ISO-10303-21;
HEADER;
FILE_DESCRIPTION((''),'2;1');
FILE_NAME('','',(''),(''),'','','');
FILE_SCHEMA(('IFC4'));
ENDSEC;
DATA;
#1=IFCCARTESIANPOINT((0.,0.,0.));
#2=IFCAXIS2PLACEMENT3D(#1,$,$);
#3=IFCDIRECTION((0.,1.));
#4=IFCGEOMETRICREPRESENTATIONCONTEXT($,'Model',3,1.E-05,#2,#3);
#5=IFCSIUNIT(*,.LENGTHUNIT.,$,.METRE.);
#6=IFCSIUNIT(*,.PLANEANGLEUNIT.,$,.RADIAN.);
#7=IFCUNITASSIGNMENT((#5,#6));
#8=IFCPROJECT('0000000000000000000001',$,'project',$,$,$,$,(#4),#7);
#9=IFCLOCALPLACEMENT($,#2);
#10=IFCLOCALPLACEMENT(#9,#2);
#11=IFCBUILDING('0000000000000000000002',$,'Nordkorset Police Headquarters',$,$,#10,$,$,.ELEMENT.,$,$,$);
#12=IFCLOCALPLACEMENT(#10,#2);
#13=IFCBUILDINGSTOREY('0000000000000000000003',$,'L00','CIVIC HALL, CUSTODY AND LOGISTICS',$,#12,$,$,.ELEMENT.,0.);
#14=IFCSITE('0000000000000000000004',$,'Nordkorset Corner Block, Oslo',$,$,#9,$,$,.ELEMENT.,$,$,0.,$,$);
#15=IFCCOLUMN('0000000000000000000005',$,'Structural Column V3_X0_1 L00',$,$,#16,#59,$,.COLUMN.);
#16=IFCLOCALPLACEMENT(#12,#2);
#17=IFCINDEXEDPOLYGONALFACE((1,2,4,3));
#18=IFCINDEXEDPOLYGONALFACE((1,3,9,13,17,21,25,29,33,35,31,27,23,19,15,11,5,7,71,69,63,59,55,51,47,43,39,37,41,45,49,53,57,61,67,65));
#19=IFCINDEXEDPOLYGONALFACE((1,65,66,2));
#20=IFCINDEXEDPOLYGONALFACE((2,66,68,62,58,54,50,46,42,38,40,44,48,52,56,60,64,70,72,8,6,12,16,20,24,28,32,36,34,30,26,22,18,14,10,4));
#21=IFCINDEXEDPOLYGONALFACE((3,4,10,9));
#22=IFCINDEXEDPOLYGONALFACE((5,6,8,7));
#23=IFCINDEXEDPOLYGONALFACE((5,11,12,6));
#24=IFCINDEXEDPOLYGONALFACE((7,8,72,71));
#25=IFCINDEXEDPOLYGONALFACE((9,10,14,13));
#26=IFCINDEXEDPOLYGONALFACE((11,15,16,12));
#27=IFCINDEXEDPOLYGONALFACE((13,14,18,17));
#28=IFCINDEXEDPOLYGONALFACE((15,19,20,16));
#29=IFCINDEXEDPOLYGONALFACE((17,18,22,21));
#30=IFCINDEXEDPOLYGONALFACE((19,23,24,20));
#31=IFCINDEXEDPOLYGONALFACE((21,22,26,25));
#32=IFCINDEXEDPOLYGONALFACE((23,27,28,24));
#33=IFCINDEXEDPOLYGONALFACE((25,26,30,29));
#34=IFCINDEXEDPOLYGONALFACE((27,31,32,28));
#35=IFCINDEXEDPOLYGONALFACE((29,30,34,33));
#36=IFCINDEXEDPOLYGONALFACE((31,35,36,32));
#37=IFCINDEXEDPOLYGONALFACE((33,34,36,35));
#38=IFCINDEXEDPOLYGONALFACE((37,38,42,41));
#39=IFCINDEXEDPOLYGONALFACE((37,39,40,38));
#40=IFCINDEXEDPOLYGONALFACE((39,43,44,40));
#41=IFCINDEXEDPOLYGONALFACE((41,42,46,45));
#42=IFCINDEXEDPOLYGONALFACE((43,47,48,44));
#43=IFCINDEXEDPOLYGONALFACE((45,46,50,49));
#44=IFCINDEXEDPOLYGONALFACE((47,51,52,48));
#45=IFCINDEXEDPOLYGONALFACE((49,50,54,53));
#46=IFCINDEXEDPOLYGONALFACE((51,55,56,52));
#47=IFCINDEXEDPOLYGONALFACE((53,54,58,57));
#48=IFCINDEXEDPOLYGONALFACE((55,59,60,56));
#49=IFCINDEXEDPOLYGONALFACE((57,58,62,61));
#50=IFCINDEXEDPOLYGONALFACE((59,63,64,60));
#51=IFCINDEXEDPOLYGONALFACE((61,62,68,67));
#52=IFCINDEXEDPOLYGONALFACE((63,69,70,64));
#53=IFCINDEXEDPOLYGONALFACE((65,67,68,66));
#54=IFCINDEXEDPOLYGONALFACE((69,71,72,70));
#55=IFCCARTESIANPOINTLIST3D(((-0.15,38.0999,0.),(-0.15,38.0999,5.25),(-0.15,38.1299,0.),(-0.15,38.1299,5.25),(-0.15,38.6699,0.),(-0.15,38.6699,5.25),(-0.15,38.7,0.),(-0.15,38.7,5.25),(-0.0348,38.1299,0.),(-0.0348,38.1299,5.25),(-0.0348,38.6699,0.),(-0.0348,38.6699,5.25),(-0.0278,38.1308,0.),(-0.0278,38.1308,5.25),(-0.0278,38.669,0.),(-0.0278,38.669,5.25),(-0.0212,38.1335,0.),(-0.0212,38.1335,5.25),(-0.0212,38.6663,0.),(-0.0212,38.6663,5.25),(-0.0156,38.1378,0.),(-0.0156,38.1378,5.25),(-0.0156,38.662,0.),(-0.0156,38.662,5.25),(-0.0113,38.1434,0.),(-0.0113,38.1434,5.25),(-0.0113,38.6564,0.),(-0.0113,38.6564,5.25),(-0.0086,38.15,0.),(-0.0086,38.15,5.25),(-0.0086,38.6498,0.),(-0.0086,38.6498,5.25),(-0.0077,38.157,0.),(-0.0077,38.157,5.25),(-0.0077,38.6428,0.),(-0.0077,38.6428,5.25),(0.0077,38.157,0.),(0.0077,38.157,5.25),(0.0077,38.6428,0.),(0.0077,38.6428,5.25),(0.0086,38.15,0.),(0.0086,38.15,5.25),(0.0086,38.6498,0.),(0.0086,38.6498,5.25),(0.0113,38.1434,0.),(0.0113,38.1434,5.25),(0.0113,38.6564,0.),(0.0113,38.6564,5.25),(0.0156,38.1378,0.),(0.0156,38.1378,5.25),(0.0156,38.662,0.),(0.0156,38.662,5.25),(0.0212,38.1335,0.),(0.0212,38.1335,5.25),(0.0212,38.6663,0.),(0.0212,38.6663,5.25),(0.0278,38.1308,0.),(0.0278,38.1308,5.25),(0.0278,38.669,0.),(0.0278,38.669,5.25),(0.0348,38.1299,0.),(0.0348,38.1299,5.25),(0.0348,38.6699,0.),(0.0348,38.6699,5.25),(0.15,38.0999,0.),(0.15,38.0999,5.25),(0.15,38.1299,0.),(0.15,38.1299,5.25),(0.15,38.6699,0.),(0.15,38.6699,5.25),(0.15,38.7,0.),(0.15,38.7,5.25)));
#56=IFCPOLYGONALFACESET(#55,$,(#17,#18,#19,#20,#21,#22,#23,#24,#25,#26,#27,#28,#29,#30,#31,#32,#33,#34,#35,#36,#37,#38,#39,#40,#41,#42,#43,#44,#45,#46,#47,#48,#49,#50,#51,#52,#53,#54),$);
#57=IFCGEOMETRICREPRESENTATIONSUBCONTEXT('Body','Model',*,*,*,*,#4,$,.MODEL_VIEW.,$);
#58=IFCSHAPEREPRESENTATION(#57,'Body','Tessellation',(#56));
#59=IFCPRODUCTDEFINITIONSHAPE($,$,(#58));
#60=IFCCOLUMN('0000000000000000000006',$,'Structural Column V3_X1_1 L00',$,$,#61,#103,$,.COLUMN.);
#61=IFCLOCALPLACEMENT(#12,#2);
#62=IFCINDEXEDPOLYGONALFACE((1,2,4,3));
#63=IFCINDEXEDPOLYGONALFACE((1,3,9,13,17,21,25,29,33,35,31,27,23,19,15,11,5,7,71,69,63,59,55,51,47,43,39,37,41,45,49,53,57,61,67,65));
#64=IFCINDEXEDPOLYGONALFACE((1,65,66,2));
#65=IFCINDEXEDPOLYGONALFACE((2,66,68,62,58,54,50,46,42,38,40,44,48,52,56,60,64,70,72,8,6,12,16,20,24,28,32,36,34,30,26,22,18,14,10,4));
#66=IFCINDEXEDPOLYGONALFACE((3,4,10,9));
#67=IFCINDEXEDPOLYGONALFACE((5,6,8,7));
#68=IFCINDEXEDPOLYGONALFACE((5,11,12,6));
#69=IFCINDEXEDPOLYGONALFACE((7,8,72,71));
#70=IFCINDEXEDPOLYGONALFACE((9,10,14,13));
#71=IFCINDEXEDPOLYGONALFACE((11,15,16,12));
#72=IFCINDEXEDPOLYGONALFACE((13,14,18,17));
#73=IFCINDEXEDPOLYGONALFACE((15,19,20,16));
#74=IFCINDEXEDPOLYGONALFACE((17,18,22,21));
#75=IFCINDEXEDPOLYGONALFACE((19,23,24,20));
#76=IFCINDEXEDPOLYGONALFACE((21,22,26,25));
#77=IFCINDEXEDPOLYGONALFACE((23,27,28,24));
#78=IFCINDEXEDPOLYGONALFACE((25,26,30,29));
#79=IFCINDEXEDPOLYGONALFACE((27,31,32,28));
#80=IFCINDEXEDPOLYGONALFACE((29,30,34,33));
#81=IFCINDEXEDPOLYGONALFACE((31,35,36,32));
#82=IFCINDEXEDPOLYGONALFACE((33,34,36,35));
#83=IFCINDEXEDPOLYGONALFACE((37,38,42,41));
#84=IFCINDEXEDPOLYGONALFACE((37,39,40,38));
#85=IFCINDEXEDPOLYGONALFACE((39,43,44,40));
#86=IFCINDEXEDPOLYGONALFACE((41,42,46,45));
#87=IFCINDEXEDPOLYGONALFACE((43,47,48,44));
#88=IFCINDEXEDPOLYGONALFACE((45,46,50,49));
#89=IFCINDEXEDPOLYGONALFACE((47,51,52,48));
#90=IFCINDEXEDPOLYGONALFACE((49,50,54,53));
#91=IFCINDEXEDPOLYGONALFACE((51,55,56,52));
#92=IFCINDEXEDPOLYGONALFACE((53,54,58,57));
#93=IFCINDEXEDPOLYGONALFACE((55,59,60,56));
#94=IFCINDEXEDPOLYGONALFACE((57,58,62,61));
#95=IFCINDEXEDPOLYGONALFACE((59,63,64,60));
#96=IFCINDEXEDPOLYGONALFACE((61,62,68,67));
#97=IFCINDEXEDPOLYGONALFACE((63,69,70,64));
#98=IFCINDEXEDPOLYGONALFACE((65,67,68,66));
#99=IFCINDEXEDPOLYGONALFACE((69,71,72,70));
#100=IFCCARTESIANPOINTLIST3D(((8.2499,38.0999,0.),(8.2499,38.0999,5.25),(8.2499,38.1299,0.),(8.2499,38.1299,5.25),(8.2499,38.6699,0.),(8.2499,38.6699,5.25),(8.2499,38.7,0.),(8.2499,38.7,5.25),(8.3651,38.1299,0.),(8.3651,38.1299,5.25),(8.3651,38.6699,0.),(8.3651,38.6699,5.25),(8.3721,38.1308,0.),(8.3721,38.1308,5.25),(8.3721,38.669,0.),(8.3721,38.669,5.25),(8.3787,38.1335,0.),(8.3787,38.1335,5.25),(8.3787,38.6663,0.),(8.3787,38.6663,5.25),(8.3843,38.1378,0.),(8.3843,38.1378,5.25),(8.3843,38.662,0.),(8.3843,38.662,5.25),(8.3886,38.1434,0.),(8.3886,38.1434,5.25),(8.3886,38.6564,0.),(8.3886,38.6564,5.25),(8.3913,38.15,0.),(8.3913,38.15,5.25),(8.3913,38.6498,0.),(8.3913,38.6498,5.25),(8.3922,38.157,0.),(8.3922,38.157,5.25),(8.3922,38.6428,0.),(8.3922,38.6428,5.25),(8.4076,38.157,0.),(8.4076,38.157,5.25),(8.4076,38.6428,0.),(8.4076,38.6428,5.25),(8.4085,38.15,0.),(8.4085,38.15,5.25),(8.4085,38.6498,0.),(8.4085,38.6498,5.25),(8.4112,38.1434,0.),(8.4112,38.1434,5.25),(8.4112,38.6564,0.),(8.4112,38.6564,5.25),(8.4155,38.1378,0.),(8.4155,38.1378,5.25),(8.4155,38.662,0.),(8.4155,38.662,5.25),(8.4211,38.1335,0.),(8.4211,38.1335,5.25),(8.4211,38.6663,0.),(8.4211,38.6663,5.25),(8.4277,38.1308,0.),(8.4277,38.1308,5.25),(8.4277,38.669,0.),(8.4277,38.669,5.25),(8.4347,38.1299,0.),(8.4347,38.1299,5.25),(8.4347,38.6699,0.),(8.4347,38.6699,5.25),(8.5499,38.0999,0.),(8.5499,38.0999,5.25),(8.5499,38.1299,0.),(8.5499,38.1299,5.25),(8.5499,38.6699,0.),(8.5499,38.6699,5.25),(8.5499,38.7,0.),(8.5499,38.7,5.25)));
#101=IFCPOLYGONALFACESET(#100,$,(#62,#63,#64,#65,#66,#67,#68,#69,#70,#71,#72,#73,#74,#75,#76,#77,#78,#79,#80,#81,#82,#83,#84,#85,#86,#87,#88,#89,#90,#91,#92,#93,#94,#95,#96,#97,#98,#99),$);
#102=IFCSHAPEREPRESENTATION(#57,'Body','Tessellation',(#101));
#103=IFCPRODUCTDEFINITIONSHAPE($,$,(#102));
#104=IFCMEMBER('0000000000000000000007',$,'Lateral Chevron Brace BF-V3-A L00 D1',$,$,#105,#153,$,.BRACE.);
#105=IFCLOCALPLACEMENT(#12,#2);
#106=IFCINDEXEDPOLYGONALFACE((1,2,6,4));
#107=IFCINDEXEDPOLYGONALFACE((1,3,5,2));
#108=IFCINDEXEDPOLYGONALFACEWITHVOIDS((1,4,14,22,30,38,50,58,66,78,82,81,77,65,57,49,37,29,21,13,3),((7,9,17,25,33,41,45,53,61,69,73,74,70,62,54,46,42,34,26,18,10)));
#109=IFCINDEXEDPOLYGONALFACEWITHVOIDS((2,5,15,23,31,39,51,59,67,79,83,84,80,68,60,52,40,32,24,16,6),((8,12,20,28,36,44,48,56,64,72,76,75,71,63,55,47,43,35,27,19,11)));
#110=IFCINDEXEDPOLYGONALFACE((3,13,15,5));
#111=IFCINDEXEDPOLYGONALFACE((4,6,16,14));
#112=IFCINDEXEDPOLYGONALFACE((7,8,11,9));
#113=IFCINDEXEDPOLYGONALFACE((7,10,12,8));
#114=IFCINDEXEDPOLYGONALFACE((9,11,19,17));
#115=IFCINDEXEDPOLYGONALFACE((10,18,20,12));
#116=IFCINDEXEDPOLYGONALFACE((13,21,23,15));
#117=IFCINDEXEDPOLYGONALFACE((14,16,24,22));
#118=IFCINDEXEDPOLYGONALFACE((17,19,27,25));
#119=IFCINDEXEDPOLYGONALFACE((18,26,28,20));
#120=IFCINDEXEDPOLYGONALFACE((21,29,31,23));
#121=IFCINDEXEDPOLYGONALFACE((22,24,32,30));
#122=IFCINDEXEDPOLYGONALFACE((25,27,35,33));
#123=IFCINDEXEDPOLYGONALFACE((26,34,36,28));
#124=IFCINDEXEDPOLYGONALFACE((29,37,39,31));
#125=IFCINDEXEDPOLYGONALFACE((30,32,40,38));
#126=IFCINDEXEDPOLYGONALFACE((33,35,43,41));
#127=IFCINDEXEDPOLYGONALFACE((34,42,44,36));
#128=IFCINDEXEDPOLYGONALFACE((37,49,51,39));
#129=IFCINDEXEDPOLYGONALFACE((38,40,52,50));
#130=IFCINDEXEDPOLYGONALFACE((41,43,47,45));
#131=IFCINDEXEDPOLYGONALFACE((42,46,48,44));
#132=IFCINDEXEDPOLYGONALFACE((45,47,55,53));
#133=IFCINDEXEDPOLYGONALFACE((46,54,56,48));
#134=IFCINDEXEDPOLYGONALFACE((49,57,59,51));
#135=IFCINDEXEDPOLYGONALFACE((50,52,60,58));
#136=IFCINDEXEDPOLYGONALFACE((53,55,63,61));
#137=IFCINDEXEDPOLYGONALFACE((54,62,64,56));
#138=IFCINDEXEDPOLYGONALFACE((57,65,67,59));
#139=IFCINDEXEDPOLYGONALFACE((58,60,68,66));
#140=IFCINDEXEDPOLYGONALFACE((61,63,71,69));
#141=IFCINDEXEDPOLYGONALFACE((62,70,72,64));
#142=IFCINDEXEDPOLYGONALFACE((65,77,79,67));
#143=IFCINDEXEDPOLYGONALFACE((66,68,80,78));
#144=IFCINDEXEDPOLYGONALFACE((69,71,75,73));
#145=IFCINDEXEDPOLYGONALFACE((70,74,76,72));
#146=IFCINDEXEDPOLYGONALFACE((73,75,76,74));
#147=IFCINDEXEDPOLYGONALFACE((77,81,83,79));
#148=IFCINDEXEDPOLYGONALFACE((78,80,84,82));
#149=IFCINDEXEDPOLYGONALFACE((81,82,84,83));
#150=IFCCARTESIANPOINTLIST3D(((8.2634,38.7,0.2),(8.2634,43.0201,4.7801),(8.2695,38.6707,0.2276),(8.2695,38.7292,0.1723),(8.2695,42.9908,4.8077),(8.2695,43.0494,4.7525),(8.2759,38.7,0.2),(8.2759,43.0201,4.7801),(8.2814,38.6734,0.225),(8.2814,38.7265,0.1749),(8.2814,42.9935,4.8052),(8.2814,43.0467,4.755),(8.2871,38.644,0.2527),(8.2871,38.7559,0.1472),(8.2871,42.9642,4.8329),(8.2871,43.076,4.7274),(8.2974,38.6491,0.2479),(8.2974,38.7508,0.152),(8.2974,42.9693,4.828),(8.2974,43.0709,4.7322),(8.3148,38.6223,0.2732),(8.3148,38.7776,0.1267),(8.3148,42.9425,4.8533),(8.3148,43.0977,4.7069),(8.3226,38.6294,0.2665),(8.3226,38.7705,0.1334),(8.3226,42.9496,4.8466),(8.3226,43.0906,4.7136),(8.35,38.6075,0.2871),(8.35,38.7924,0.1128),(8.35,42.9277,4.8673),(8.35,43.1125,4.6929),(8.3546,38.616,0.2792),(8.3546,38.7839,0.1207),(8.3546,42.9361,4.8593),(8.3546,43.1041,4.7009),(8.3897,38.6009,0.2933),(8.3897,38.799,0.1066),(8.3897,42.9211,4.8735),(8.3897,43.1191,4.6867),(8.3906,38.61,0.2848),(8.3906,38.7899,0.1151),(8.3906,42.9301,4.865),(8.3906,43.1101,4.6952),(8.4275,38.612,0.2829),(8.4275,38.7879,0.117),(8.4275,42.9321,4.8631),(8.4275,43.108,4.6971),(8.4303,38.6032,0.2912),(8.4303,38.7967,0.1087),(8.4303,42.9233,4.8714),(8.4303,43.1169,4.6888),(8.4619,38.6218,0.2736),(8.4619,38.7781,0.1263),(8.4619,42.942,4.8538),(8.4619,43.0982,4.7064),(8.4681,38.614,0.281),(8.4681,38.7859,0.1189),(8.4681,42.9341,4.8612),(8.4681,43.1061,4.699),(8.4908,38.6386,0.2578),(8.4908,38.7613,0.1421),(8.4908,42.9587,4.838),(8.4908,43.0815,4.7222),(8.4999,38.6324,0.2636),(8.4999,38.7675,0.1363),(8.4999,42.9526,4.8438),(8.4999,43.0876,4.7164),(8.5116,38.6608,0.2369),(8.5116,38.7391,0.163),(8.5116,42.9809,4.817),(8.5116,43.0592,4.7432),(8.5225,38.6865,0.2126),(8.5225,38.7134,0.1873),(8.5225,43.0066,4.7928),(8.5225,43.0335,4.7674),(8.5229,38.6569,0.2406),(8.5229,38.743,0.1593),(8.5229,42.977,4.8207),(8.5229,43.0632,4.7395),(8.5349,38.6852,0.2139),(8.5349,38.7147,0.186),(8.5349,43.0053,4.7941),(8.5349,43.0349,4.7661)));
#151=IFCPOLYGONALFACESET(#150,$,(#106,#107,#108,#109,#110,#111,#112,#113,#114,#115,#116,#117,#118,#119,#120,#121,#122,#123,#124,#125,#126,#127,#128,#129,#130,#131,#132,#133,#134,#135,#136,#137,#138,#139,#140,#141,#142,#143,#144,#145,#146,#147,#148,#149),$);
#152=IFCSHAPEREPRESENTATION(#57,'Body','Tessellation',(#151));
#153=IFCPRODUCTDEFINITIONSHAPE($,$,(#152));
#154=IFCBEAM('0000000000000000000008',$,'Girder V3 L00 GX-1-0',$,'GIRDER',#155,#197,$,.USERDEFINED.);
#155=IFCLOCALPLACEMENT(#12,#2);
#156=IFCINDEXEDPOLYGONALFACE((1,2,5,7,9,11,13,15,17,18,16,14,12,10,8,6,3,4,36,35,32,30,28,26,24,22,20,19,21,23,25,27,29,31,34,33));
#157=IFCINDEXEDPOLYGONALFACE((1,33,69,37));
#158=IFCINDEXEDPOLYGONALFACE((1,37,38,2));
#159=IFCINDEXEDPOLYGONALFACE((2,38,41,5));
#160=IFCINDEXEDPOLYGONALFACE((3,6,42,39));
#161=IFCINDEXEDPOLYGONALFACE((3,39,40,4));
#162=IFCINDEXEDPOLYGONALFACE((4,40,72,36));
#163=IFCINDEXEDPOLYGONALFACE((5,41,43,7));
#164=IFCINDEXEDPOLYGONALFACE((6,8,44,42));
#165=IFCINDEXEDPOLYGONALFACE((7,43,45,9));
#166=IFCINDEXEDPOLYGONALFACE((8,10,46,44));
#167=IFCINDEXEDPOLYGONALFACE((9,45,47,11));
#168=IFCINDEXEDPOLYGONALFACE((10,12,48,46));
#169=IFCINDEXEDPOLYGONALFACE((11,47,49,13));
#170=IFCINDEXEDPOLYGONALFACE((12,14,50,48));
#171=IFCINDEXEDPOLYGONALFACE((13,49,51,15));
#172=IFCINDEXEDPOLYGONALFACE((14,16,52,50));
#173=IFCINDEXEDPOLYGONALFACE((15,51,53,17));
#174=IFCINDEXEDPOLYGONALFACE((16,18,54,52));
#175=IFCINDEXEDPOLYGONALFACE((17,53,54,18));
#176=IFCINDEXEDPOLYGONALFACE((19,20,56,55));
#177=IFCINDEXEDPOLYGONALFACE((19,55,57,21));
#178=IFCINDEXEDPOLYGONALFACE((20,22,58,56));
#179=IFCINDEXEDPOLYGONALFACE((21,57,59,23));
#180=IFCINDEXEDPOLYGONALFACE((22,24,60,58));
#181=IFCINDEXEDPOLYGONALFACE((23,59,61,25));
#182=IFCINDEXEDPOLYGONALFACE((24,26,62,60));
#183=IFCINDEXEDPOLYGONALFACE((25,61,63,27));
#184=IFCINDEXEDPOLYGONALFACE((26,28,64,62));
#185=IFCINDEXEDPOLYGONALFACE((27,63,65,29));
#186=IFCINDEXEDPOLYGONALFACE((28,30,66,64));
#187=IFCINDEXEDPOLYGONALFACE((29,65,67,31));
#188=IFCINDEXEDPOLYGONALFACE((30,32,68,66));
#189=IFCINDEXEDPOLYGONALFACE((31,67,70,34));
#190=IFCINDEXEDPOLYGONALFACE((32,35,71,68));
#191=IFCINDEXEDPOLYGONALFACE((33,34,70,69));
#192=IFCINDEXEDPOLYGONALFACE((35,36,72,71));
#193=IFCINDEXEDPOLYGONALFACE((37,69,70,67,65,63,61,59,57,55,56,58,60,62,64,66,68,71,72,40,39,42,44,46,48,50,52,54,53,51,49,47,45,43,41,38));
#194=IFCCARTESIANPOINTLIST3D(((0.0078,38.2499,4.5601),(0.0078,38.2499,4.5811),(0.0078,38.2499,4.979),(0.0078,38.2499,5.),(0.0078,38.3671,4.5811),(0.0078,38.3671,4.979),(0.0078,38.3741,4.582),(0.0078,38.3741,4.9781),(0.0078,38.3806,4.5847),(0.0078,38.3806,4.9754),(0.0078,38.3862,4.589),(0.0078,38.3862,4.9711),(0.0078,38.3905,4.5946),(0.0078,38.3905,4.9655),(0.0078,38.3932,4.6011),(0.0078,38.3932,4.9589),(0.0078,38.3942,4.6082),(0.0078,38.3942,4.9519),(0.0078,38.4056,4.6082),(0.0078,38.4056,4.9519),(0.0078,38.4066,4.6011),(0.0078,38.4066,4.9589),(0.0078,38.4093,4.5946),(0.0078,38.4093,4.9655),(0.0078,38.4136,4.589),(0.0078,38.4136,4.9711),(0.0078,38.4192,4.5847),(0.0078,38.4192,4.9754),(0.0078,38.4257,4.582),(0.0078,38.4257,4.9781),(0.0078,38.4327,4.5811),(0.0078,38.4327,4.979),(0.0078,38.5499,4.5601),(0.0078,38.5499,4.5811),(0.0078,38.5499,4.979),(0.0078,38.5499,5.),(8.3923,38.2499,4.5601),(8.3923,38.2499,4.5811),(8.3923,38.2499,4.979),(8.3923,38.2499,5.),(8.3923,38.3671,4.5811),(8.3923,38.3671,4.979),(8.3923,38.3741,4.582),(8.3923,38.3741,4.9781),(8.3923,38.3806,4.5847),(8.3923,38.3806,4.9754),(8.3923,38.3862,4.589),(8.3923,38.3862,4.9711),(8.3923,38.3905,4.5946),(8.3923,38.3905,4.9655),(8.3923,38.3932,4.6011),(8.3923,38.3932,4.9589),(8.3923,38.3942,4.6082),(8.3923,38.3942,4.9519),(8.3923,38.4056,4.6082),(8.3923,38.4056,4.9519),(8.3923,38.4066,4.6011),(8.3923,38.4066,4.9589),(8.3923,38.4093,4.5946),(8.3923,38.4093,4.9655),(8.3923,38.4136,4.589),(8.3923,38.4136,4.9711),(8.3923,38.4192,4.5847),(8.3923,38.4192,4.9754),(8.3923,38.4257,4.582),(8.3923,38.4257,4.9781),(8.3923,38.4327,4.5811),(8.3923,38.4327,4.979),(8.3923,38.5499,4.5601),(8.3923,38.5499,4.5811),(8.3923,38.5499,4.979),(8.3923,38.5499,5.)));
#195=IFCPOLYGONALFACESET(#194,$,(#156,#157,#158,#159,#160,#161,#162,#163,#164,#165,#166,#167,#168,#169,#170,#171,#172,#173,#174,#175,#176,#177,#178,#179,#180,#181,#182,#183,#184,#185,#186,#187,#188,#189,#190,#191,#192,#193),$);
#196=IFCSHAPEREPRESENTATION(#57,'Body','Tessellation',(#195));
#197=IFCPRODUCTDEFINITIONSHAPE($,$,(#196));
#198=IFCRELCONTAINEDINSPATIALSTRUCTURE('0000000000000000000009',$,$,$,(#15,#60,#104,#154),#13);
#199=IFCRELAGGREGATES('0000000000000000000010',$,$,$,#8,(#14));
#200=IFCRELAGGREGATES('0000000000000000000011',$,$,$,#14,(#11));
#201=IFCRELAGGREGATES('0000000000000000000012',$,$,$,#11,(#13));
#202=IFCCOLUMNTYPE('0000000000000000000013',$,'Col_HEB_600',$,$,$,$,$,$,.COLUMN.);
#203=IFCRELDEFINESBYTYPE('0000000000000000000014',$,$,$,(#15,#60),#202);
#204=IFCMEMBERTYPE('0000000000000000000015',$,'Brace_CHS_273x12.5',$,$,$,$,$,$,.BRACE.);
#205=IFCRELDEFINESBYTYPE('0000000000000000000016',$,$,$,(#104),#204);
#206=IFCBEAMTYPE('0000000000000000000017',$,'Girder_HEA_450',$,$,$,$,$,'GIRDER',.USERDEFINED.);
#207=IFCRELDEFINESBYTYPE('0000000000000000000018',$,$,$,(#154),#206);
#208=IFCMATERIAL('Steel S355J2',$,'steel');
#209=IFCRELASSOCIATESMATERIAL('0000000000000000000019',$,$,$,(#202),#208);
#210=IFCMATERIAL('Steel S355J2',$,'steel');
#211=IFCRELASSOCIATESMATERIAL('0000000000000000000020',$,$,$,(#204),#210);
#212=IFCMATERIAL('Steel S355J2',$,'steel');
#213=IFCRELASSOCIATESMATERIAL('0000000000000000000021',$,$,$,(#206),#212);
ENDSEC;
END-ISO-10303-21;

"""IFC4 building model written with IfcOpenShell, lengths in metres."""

from ifc_helpers import new_model, si_unit, direction, frame, origin, origin_2d, place, context, subcontext, project, spatial, hollow_circle, i_section, extrude, material, material_profile, profile_set, type_object, element, save


model = new_model("IFC4")

# Units and contexts
model_context = context("Model", 3, precision=1e-05, world=origin(), true_north=direction((0.0, 1.0)))
body_context = subcontext(model_context, "Body", "Model", "MODEL_VIEW")
ifc_project = project(units=[si_unit("LENGTHUNIT", "METRE"), si_unit("PLANEANGLEUNIT", "RADIAN")], contexts=[model_context])

# Site, building, storey
site_placement = place(None, origin())
site = spatial("IfcSite", under=ifc_project, at=site_placement, Name="Nordkorset Corner Block, Oslo", CompositionType="ELEMENT", RefElevation=0.0)
building_placement = place(site_placement, origin())
building = spatial("IfcBuilding", under=site, at=building_placement, Name="Nordkorset Police Headquarters", CompositionType="ELEMENT")
storey_placement = place(building_placement, origin())
storey = spatial("IfcBuildingStorey", under=building, at=storey_placement, Name="L00", Description="CIVIC HALL, CUSTODY AND LOGISTICS", CompositionType="ELEMENT", Elevation=0.0)

# Columns
ifc_material_1 = material(Name="Steel S355J2", Category="steel")
ifc_material_profile_1 = material_profile(ifc_material_1, i_section(OverallWidth=0.3, OverallDepth=0.6001, WebThickness=0.0154, FlangeThickness=0.03, FilletRadius=0.0271, at=origin_2d()), Name="HEB 600")
ifc_profile_set_1 = profile_set([ifc_material_profile_1], Name="Steel S355J2")
column_type = type_object("IfcColumnType", Name="Col_HEB_600", PredefinedType="COLUMN", material=ifc_profile_set_1)
for number, where, z_axis, x_axis, name in (
    (1, (0.0, 38.3999, 0.0), (0.0, 0.0, 1.0), (1.0, 0.0, 0.0), "Structural Column V3_X0_1 L00"),
    (2, (8.3999, 38.3999, 0.0), (0.0, 0.0, 1.0), (1.0, 0.0, 0.0), "Structural Column V3_X1_1 L00"),
):
    element("IfcColumn", number, at=place(storey_placement, frame(where, z_axis=z_axis, x_axis=x_axis)), inside=storey, type_object=column_type, Name=name, PredefinedType="COLUMN", context=body_context, shape_type="SweptSolid", body=[
        extrude(i_section(OverallWidth=0.3, OverallDepth=0.6001, WebThickness=0.0154, FlangeThickness=0.03, FilletRadius=0.0271, at=origin_2d()), origin(), (0.0, 0.0, 1.0), 5.25),
    ])

# Member
ifc_material_2 = material(Name="Steel S355J2", Category="steel")
ifc_material_profile_2 = material_profile(ifc_material_2, hollow_circle(Radius=0.1365, WallThickness=0.0125, at=origin_2d()), Name="CHS 273x12.5")
ifc_profile_set_2 = profile_set([ifc_material_profile_2], Name="Steel S355J2")
member_type = type_object("IfcMemberType", Name="Brace_CHS_273x12.5", PredefinedType="BRACE", material=ifc_profile_set_2)
member_placement = place(storey_placement, frame((8.3999, 38.7, 0.2), z_axis=(0.0, 0.686157, 0.727454), x_axis=(-1.0, 0.0, 0.0)))
element("IfcMember", 3, at=member_placement, inside=storey, type_object=member_type, Name="Lateral Chevron Brace BF-V3-A L00 D1", PredefinedType="BRACE", context=body_context, shape_type="SweptSolid", body=[
    extrude(hollow_circle(Radius=0.1365, WallThickness=0.0125, at=origin_2d()), origin(), (0.0, 0.0, 1.0), 6.2961),
])

# Beam
ifc_material_3 = material(Name="Steel S355J2", Category="steel")
ifc_material_profile_3 = material_profile(ifc_material_3, i_section(OverallWidth=0.3, OverallDepth=0.4399, WebThickness=0.0115, FlangeThickness=0.021, FilletRadius=0.0271, at=origin_2d()), Name="HEA 450")
ifc_profile_set_3 = profile_set([ifc_material_profile_3], Name="Steel S355J2")
beam_type = type_object("IfcBeamType", Name="Girder_HEA_450", ElementType="GIRDER", PredefinedType="USERDEFINED", material=ifc_profile_set_3)
beam_1_placement = place(storey_placement, frame((0.0078, 38.3999, 4.78), z_axis=(1.0, 0.0, 0.0), x_axis=(0.0, 1.0, 0.0)))
element("IfcBeam", 4, at=beam_1_placement, inside=storey, type_object=beam_type, Name="Girder V3 L00 GX-1-0", ObjectType="GIRDER", PredefinedType="USERDEFINED", context=body_context, shape_type="SweptSolid", body=[
    extrude(i_section(OverallWidth=0.3, OverallDepth=0.4399, WebThickness=0.0115, FlangeThickness=0.021, FilletRadius=0.0271, at=origin_2d()), origin(), (0.0, 0.0, 1.0), 8.3845),
])

save(model, "model.ifc")
